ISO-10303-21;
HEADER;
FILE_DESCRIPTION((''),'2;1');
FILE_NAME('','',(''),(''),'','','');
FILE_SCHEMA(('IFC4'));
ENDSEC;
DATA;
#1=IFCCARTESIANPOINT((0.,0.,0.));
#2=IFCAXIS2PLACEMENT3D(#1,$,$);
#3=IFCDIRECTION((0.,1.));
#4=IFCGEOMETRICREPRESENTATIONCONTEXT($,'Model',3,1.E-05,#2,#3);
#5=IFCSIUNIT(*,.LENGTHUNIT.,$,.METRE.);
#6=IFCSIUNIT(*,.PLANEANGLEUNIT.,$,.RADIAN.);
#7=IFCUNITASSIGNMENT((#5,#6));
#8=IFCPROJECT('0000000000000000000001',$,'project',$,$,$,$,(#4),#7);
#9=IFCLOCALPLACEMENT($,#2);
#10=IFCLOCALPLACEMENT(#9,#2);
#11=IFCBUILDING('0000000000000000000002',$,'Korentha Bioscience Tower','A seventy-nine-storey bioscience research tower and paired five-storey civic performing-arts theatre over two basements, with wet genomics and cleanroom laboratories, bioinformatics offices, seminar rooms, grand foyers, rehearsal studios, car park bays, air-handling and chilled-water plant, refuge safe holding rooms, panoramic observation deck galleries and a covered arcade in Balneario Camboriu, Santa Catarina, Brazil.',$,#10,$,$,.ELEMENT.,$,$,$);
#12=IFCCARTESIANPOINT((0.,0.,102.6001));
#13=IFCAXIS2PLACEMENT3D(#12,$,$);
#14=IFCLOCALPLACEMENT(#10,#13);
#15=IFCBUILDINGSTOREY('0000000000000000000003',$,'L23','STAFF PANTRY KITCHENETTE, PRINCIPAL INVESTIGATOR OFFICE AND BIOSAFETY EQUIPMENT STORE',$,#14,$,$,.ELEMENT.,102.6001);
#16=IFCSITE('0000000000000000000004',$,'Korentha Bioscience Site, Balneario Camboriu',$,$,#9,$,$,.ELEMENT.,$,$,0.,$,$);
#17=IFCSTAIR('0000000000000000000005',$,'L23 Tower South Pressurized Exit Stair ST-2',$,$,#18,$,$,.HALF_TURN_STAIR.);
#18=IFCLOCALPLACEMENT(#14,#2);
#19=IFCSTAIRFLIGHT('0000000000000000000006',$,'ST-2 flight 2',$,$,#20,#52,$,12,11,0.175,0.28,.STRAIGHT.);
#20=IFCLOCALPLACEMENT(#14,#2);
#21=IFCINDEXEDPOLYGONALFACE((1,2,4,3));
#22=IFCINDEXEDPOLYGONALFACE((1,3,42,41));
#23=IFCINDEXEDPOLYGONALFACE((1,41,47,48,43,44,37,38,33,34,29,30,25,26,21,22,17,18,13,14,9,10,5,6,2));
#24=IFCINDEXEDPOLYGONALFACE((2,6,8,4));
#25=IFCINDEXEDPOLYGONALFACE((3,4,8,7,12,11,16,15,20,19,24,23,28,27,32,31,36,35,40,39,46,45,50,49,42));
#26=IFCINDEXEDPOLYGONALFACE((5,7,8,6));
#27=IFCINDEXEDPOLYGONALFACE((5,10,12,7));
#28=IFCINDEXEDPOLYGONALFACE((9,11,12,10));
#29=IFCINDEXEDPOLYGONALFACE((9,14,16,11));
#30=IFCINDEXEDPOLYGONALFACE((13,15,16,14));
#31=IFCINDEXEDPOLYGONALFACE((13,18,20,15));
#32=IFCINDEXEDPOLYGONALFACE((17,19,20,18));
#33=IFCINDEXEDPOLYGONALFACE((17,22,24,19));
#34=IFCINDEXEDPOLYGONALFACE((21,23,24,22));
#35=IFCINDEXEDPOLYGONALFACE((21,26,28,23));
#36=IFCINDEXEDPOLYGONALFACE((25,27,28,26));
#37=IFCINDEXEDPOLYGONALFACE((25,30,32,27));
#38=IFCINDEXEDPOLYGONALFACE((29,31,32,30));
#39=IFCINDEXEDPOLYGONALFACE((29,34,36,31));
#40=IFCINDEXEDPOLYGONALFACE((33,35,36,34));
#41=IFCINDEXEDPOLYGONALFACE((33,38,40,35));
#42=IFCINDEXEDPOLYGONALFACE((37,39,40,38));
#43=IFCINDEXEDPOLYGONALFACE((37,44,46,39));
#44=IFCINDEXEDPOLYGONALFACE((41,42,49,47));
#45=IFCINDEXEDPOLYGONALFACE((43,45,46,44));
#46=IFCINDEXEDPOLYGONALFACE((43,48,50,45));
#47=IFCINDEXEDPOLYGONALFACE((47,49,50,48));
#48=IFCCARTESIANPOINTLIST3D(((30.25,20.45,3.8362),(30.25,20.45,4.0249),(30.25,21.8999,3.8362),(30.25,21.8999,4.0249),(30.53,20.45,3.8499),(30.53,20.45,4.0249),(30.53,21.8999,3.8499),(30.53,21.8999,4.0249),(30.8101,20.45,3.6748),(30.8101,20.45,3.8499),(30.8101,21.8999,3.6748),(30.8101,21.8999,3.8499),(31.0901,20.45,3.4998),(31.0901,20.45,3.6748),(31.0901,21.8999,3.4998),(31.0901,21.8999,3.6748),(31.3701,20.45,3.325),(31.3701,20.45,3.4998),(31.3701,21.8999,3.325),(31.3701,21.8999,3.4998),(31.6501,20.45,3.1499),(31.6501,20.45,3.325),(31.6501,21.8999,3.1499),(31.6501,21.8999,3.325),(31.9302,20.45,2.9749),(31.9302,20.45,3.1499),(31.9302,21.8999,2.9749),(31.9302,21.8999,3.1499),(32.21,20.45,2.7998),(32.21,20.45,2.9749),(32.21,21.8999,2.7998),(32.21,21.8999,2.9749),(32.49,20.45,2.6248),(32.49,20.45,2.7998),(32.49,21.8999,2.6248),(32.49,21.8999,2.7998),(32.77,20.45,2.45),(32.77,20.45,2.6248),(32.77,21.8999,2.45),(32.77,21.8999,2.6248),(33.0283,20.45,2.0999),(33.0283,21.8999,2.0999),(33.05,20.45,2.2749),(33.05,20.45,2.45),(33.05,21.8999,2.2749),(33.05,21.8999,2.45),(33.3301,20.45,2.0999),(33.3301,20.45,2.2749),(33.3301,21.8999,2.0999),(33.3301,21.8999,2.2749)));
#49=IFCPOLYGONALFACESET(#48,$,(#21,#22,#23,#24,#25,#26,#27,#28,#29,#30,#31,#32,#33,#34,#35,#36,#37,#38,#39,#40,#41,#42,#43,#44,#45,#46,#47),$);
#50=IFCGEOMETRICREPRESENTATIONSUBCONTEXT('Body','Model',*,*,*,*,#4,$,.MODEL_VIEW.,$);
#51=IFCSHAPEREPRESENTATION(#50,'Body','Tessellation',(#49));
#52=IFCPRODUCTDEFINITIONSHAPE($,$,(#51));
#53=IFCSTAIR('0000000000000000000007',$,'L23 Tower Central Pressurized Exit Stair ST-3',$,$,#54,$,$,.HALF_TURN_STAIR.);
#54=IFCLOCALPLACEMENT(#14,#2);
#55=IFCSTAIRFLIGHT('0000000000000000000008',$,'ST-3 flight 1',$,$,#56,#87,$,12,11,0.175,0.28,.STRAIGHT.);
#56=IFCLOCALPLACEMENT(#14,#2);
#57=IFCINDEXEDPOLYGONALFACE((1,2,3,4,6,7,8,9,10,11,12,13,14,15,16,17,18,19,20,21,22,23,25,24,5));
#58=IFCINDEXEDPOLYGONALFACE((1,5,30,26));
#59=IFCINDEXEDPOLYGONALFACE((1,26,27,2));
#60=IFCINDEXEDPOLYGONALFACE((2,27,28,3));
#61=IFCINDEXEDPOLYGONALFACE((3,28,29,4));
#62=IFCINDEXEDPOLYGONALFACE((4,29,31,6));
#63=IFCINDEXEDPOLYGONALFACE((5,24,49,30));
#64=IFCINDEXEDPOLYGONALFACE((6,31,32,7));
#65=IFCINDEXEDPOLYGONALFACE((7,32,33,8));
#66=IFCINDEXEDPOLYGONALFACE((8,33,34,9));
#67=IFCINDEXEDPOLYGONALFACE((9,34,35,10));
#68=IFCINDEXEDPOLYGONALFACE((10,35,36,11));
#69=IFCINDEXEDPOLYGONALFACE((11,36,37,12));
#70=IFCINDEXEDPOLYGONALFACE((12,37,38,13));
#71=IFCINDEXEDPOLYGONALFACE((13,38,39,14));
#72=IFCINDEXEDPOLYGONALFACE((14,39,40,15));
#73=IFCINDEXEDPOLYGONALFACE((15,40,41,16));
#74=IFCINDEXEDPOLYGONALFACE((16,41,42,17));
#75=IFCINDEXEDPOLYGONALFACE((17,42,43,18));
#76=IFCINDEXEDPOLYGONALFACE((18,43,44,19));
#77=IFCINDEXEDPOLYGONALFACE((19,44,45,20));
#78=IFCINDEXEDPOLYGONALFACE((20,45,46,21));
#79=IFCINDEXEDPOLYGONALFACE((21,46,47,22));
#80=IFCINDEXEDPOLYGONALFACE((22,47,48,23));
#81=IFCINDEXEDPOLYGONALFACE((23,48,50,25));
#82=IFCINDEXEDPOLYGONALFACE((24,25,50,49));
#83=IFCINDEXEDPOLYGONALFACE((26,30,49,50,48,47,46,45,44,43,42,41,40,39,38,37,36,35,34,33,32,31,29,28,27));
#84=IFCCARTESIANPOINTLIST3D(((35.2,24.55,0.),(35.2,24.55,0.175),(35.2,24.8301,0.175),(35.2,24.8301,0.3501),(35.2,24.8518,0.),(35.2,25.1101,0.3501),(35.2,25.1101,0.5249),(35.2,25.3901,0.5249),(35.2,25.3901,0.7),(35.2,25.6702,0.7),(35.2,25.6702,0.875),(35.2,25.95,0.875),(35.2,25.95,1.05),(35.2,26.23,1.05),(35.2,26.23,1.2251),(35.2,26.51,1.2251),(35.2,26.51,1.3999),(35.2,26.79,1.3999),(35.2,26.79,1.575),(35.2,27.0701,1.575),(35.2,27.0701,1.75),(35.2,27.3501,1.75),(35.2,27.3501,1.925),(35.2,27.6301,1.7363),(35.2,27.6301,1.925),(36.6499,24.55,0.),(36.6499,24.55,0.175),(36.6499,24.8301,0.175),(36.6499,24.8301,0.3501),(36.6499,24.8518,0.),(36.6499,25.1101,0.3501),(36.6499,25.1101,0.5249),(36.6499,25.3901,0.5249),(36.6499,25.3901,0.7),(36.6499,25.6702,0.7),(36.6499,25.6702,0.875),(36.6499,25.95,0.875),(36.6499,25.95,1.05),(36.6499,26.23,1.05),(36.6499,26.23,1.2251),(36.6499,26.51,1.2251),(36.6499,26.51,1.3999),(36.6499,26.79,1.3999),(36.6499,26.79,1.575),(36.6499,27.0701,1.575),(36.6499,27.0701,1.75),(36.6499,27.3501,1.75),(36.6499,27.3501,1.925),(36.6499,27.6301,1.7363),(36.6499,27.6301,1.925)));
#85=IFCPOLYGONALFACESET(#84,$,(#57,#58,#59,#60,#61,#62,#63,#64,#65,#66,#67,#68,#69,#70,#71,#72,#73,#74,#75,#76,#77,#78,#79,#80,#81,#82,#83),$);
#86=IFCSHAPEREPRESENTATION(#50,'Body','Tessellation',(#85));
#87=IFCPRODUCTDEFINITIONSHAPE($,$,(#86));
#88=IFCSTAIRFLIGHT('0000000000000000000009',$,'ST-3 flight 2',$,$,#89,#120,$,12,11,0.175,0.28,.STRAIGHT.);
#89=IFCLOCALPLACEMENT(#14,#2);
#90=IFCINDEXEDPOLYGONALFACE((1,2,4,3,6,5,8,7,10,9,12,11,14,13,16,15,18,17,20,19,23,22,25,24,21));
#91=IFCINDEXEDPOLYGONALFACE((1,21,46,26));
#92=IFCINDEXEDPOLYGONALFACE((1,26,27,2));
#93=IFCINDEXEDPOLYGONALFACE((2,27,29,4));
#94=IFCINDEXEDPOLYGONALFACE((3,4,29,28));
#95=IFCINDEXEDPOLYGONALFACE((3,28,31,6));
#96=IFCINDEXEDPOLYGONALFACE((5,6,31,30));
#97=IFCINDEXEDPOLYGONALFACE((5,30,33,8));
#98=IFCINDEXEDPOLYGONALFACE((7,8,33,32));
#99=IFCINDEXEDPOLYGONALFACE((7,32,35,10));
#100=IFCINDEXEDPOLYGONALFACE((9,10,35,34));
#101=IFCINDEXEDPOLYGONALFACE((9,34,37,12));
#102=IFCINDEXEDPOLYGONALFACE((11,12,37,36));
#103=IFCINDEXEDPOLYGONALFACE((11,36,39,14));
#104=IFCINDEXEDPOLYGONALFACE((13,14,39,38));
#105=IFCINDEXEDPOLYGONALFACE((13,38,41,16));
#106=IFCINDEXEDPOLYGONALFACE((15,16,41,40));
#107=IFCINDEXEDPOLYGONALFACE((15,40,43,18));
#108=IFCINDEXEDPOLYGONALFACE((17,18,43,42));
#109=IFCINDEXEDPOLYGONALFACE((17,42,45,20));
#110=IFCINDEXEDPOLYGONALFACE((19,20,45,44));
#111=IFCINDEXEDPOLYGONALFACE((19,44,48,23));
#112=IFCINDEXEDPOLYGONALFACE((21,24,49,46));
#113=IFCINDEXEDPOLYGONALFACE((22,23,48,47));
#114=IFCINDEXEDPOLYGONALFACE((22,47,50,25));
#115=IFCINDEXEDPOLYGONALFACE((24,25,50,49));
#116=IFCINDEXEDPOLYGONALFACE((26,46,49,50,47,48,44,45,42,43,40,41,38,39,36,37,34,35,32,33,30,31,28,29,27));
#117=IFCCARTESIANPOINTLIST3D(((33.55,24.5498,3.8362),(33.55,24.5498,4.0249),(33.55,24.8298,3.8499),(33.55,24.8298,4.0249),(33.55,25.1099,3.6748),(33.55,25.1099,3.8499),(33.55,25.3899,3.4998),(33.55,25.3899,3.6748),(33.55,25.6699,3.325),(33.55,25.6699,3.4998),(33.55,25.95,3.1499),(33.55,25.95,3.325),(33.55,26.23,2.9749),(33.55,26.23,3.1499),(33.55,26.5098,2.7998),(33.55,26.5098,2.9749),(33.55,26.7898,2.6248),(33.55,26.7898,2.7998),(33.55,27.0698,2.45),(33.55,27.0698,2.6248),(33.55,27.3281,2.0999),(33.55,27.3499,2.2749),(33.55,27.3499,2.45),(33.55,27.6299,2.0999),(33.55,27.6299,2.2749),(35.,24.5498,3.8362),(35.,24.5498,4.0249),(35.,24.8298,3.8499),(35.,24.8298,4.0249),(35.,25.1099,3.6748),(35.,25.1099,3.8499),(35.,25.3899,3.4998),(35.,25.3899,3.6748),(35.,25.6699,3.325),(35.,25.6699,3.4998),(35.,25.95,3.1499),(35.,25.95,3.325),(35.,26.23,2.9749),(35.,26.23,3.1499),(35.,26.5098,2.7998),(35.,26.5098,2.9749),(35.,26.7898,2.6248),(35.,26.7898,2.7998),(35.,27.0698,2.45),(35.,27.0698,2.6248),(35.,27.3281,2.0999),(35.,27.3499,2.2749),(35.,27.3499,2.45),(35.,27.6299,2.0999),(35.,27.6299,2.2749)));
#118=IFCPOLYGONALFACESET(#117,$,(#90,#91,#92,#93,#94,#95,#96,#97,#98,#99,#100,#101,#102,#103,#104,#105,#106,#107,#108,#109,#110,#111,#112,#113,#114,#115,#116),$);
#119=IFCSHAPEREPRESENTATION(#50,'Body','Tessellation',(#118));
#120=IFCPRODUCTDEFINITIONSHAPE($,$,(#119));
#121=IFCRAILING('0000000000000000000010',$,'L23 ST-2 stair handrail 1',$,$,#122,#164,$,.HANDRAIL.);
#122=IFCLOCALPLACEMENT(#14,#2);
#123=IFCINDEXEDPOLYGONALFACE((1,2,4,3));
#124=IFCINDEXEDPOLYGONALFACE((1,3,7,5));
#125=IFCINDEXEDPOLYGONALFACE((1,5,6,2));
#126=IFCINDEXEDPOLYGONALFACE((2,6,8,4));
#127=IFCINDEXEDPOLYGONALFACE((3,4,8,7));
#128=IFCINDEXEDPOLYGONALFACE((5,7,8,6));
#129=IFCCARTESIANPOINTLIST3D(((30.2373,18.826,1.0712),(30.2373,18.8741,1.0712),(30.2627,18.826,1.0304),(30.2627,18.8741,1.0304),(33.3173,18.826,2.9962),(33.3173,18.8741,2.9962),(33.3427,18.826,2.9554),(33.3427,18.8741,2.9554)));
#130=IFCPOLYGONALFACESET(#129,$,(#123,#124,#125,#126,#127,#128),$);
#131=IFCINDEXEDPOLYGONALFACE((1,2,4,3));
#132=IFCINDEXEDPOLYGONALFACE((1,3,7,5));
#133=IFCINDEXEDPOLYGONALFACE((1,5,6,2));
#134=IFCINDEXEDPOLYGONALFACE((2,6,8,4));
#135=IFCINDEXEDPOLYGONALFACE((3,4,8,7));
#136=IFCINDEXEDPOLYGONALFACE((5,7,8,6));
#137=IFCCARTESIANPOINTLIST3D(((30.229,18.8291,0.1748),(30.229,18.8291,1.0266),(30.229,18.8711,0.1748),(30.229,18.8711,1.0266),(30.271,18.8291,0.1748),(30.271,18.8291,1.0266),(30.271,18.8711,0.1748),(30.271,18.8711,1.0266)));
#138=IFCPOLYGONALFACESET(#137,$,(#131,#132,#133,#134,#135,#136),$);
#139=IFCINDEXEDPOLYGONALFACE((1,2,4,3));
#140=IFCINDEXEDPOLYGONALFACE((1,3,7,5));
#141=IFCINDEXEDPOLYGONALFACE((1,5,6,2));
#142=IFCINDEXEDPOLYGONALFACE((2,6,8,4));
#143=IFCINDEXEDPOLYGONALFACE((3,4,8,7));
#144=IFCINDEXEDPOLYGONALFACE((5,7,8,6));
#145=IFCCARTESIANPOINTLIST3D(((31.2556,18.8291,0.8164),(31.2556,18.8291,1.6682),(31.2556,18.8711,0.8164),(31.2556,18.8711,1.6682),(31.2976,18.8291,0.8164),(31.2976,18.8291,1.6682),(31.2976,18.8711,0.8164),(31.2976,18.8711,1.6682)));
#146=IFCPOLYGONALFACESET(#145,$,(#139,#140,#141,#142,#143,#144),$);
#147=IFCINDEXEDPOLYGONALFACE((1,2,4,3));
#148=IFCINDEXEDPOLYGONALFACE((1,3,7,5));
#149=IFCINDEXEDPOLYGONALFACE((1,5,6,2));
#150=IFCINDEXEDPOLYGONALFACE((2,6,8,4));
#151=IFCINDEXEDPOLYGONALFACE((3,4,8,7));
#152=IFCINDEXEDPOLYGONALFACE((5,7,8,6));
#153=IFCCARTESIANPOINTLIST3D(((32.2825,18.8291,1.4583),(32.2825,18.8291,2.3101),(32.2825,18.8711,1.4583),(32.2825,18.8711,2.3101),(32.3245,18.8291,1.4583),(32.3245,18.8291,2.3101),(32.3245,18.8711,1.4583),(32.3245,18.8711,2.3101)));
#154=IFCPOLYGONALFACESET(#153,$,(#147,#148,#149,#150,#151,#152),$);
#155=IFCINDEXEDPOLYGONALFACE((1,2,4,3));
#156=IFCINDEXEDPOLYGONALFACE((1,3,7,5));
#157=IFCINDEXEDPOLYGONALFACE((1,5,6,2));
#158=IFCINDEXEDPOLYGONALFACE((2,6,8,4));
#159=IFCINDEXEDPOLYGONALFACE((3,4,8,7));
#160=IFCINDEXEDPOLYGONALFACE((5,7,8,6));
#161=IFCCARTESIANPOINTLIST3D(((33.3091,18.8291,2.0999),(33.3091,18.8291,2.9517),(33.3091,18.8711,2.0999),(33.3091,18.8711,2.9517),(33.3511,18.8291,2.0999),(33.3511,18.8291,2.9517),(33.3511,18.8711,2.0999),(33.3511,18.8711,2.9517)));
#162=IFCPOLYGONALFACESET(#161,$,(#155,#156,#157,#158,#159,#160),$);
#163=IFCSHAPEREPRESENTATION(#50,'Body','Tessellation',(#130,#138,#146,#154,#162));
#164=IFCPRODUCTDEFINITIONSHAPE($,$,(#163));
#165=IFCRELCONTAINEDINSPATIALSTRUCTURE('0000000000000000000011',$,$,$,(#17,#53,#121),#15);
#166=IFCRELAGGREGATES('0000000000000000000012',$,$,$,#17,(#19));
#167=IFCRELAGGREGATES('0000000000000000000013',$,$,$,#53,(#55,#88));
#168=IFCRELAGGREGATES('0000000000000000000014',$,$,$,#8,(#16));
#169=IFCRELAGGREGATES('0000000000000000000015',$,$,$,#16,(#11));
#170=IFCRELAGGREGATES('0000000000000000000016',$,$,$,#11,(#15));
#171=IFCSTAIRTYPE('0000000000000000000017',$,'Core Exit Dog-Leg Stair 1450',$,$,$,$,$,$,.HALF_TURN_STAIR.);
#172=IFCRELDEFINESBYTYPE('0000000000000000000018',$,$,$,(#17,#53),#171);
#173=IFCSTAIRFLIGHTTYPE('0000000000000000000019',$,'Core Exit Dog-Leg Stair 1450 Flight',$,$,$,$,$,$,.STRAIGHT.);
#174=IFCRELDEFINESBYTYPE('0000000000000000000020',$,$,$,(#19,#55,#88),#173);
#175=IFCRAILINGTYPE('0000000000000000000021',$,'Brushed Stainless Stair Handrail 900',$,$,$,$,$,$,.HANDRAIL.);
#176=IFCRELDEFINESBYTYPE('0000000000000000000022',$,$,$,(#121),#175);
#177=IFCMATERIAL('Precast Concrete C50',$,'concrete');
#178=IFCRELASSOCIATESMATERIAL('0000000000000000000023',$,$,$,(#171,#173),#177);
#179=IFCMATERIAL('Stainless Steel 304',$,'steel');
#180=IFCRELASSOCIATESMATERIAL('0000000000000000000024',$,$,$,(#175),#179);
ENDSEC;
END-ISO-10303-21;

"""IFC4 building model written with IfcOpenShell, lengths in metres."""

from ifc_helpers import new_model, si_unit, direction, frame, origin, origin_2d, place, context, subcontext, project, spatial, polyline, rectangle, outline, extrude, material, type_object, element, aggregate, save


model = new_model("IFC4")

# Units and contexts
model_context = context("Model", 3, precision=1e-05, world=origin(), true_north=direction((0.0, 1.0)))
body_context = subcontext(model_context, "Body", "Model", "MODEL_VIEW")
ifc_project = project(units=[si_unit("LENGTHUNIT", "METRE"), si_unit("PLANEANGLEUNIT", "RADIAN")], contexts=[model_context])

# Site, building, storey
site_placement = place(None, origin())
site = spatial("IfcSite", under=ifc_project, at=site_placement, Name="Korentha Bioscience Site, Balneario Camboriu", CompositionType="ELEMENT", RefElevation=0.0)
building_placement = place(site_placement, origin())
building = spatial("IfcBuilding", under=site, at=building_placement, Name="Korentha Bioscience Tower", Description="A seventy-nine-storey bioscience research tower and paired five-storey civic performing-arts theatre over two basements, with wet genomics and cleanroom laboratories, bioinformatics offices, seminar rooms, grand foyers, rehearsal studios, car park bays, air-handling and chilled-water plant, refuge safe holding rooms, panoramic observation deck galleries and a covered arcade in Balneario Camboriu, Santa Catarina, Brazil.", CompositionType="ELEMENT")
storey_placement = place(building_placement, frame((0.0, 0.0, 102.6001)))
storey = spatial("IfcBuildingStorey", under=building, at=storey_placement, Name="L23", Description="STAFF PANTRY KITCHENETTE, PRINCIPAL INVESTIGATOR OFFICE AND BIOSAFETY EQUIPMENT STORE", CompositionType="ELEMENT", Elevation=102.6001)

# Stairs, stair flights
ifc_material_1 = material(Name="Precast Concrete C50", Category="concrete")
stair_type = type_object("IfcStairType", Name="Core Exit Dog-Leg Stair 1450", PredefinedType="HALF_TURN_STAIR", material=ifc_material_1)
stair_1_placement = place(storey_placement, origin())
stair_1 = element("IfcStair", 1, at=stair_1_placement, inside=storey, type_object=stair_type, Name="L23 Tower South Pressurized Exit Stair ST-2", PredefinedType="HALF_TURN_STAIR")
stair_flight_type = type_object("IfcStairFlightType", Name="Core Exit Dog-Leg Stair 1450 Flight", PredefinedType="STRAIGHT", material=ifc_material_1)
stair_flight_1_placement = place(storey_placement, frame((33.3301, 21.175, 2.0999), z_axis=(0.0, 0.0, 1.0), x_axis=(-1.0, 0.0, 0.0)))
stair_flight_1 = element("IfcStairFlight", 2, at=stair_flight_1_placement, type_object=stair_flight_type, Name="ST-2 flight 2", NumberOfRisers=12, NumberOfTreads=11, PredefinedType="STRAIGHT", RiserHeight=0.175, TreadLength=0.28, context=body_context, shape_type="SweptSolid", body=[
    extrude(outline(polyline([(0.0, 0.0), (0.0, 0.175), (0.28, 0.175), (0.28, 0.3501), (0.5601, 0.3501), (0.5601, 0.5249), (0.8401, 0.5249), (0.8401, 0.7), (1.1201, 0.7), (1.1201, 0.875), (1.3999, 0.875), (1.3999, 1.05), (1.6799, 1.05), (1.6799, 1.2251), (1.96, 1.2251), (1.96, 1.3999), (2.24, 1.3999), (2.24, 1.575), (2.52, 1.575), (2.52, 1.75), (2.8, 1.75), (2.8, 1.925), (3.0801, 1.925), (3.0801, 2.1001), (3.0801, 1.7363), (0.3018, 0.0), (0.0, 0.0)])), frame((0.0, 0.7251, 0.0), z_axis=(0.0, -1.0, 0.0), x_axis=(1.0, 0.0, 0.0)), (0.0, 0.0, 1.0), 1.45),
])
aggregate(stair_1, [stair_flight_1])
stair_2_placement = place(storey_placement, origin())
stair_2 = element("IfcStair", 3, at=stair_2_placement, inside=storey, type_object=stair_type, Name="L23 Tower Central Pressurized Exit Stair ST-3", PredefinedType="HALF_TURN_STAIR")
stair_flight_2_placement = place(storey_placement, frame((35.925, 24.55, 0.0), z_axis=(0.0, 0.0, 1.0), x_axis=(0.0, 1.0, 0.0)))
stair_flight_2 = element("IfcStairFlight", 4, at=stair_flight_2_placement, type_object=stair_flight_type, Name="ST-3 flight 1", NumberOfRisers=12, NumberOfTreads=11, PredefinedType="STRAIGHT", RiserHeight=0.175, TreadLength=0.28, context=body_context, shape_type="SweptSolid", body=[
    extrude(outline(polyline([(0.0, 0.0), (0.0, 0.175), (0.28, 0.175), (0.28, 0.3501), (0.5601, 0.3501), (0.5601, 0.5249), (0.8401, 0.5249), (0.8401, 0.7), (1.1201, 0.7), (1.1201, 0.875), (1.3999, 0.875), (1.3999, 1.05), (1.6799, 1.05), (1.6799, 1.2251), (1.96, 1.2251), (1.96, 1.3999), (2.24, 1.3999), (2.24, 1.575), (2.52, 1.575), (2.52, 1.75), (2.8, 1.75), (2.8, 1.925), (3.0801, 1.925), (3.0801, 2.1001), (3.0801, 1.7363), (0.3018, 0.0), (0.0, 0.0)])), frame((0.0, 0.7251, 0.0), z_axis=(0.0, -1.0, 0.0), x_axis=(1.0, 0.0, 0.0)), (0.0, 0.0, 1.0), 1.45),
])
stair_flight_3_placement = place(storey_placement, frame((34.2749, 27.6299, 2.0999), z_axis=(0.0, 0.0, 1.0), x_axis=(0.0, -1.0, 0.0)))
stair_flight_3 = element("IfcStairFlight", 5, at=stair_flight_3_placement, type_object=stair_flight_type, Name="ST-3 flight 2", NumberOfRisers=12, NumberOfTreads=11, PredefinedType="STRAIGHT", RiserHeight=0.175, TreadLength=0.28, context=body_context, shape_type="SweptSolid", body=[
    extrude(outline(polyline([(0.0, 0.0), (0.0, 0.175), (0.28, 0.175), (0.28, 0.3501), (0.5601, 0.3501), (0.5601, 0.5249), (0.8401, 0.5249), (0.8401, 0.7), (1.1201, 0.7), (1.1201, 0.875), (1.3999, 0.875), (1.3999, 1.05), (1.6799, 1.05), (1.6799, 1.2251), (1.96, 1.2251), (1.96, 1.3999), (2.24, 1.3999), (2.24, 1.575), (2.52, 1.575), (2.52, 1.75), (2.8, 1.75), (2.8, 1.925), (3.0801, 1.925), (3.0801, 2.1001), (3.0801, 1.7363), (0.3018, 0.0), (0.0, 0.0)])), frame((0.0, 0.7251, 0.0), z_axis=(0.0, -1.0, 0.0), x_axis=(1.0, 0.0, 0.0)), (0.0, 0.0, 1.0), 1.45),
])
aggregate(stair_2, [stair_flight_2, stair_flight_3])

# Railing
ifc_material_2 = material(Name="Stainless Steel 304", Category="steel")
railing_type_1 = type_object("IfcRailingType", Name="Brushed Stainless Stair Handrail 900", PredefinedType="HANDRAIL", material=ifc_material_2)
railing_1_placement = place(storey_placement, frame((30.25, 18.8501, 0.1748)))
element("IfcRailing", 6, at=railing_1_placement, inside=storey, type_object=railing_type_1, Name="L23 ST-2 stair handrail 1", PredefinedType="HANDRAIL", context=body_context, shape_type="SweptSolid", body=[
    extrude(rectangle(XDim=0.0481, YDim=0.0481, at=origin_2d()), frame((0.0, 0.0, 0.876), z_axis=(0.847998, 0.0, 0.529999), x_axis=(0.0, 1.0, 0.0)), (0.0, 0.0, 1.0), 3.6321),
    extrude(rectangle(XDim=0.042, YDim=0.042, at=origin_2d()), origin(), (0.0, 0.0, 1.0), 0.8518),
    extrude(rectangle(XDim=0.042, YDim=0.042, at=origin_2d()), frame((1.0266, 0.0, 0.6416)), (0.0, 0.0, 1.0), 0.8518),
    extrude(rectangle(XDim=0.042, YDim=0.042, at=origin_2d()), frame((2.0535, 0.0, 1.2834)), (0.0, 0.0, 1.0), 0.8518),
    extrude(rectangle(XDim=0.042, YDim=0.042, at=origin_2d()), frame((3.0801, 0.0, 1.925)), (0.0, 0.0, 1.0), 0.8518),
])

save(model, "model.ifc")
